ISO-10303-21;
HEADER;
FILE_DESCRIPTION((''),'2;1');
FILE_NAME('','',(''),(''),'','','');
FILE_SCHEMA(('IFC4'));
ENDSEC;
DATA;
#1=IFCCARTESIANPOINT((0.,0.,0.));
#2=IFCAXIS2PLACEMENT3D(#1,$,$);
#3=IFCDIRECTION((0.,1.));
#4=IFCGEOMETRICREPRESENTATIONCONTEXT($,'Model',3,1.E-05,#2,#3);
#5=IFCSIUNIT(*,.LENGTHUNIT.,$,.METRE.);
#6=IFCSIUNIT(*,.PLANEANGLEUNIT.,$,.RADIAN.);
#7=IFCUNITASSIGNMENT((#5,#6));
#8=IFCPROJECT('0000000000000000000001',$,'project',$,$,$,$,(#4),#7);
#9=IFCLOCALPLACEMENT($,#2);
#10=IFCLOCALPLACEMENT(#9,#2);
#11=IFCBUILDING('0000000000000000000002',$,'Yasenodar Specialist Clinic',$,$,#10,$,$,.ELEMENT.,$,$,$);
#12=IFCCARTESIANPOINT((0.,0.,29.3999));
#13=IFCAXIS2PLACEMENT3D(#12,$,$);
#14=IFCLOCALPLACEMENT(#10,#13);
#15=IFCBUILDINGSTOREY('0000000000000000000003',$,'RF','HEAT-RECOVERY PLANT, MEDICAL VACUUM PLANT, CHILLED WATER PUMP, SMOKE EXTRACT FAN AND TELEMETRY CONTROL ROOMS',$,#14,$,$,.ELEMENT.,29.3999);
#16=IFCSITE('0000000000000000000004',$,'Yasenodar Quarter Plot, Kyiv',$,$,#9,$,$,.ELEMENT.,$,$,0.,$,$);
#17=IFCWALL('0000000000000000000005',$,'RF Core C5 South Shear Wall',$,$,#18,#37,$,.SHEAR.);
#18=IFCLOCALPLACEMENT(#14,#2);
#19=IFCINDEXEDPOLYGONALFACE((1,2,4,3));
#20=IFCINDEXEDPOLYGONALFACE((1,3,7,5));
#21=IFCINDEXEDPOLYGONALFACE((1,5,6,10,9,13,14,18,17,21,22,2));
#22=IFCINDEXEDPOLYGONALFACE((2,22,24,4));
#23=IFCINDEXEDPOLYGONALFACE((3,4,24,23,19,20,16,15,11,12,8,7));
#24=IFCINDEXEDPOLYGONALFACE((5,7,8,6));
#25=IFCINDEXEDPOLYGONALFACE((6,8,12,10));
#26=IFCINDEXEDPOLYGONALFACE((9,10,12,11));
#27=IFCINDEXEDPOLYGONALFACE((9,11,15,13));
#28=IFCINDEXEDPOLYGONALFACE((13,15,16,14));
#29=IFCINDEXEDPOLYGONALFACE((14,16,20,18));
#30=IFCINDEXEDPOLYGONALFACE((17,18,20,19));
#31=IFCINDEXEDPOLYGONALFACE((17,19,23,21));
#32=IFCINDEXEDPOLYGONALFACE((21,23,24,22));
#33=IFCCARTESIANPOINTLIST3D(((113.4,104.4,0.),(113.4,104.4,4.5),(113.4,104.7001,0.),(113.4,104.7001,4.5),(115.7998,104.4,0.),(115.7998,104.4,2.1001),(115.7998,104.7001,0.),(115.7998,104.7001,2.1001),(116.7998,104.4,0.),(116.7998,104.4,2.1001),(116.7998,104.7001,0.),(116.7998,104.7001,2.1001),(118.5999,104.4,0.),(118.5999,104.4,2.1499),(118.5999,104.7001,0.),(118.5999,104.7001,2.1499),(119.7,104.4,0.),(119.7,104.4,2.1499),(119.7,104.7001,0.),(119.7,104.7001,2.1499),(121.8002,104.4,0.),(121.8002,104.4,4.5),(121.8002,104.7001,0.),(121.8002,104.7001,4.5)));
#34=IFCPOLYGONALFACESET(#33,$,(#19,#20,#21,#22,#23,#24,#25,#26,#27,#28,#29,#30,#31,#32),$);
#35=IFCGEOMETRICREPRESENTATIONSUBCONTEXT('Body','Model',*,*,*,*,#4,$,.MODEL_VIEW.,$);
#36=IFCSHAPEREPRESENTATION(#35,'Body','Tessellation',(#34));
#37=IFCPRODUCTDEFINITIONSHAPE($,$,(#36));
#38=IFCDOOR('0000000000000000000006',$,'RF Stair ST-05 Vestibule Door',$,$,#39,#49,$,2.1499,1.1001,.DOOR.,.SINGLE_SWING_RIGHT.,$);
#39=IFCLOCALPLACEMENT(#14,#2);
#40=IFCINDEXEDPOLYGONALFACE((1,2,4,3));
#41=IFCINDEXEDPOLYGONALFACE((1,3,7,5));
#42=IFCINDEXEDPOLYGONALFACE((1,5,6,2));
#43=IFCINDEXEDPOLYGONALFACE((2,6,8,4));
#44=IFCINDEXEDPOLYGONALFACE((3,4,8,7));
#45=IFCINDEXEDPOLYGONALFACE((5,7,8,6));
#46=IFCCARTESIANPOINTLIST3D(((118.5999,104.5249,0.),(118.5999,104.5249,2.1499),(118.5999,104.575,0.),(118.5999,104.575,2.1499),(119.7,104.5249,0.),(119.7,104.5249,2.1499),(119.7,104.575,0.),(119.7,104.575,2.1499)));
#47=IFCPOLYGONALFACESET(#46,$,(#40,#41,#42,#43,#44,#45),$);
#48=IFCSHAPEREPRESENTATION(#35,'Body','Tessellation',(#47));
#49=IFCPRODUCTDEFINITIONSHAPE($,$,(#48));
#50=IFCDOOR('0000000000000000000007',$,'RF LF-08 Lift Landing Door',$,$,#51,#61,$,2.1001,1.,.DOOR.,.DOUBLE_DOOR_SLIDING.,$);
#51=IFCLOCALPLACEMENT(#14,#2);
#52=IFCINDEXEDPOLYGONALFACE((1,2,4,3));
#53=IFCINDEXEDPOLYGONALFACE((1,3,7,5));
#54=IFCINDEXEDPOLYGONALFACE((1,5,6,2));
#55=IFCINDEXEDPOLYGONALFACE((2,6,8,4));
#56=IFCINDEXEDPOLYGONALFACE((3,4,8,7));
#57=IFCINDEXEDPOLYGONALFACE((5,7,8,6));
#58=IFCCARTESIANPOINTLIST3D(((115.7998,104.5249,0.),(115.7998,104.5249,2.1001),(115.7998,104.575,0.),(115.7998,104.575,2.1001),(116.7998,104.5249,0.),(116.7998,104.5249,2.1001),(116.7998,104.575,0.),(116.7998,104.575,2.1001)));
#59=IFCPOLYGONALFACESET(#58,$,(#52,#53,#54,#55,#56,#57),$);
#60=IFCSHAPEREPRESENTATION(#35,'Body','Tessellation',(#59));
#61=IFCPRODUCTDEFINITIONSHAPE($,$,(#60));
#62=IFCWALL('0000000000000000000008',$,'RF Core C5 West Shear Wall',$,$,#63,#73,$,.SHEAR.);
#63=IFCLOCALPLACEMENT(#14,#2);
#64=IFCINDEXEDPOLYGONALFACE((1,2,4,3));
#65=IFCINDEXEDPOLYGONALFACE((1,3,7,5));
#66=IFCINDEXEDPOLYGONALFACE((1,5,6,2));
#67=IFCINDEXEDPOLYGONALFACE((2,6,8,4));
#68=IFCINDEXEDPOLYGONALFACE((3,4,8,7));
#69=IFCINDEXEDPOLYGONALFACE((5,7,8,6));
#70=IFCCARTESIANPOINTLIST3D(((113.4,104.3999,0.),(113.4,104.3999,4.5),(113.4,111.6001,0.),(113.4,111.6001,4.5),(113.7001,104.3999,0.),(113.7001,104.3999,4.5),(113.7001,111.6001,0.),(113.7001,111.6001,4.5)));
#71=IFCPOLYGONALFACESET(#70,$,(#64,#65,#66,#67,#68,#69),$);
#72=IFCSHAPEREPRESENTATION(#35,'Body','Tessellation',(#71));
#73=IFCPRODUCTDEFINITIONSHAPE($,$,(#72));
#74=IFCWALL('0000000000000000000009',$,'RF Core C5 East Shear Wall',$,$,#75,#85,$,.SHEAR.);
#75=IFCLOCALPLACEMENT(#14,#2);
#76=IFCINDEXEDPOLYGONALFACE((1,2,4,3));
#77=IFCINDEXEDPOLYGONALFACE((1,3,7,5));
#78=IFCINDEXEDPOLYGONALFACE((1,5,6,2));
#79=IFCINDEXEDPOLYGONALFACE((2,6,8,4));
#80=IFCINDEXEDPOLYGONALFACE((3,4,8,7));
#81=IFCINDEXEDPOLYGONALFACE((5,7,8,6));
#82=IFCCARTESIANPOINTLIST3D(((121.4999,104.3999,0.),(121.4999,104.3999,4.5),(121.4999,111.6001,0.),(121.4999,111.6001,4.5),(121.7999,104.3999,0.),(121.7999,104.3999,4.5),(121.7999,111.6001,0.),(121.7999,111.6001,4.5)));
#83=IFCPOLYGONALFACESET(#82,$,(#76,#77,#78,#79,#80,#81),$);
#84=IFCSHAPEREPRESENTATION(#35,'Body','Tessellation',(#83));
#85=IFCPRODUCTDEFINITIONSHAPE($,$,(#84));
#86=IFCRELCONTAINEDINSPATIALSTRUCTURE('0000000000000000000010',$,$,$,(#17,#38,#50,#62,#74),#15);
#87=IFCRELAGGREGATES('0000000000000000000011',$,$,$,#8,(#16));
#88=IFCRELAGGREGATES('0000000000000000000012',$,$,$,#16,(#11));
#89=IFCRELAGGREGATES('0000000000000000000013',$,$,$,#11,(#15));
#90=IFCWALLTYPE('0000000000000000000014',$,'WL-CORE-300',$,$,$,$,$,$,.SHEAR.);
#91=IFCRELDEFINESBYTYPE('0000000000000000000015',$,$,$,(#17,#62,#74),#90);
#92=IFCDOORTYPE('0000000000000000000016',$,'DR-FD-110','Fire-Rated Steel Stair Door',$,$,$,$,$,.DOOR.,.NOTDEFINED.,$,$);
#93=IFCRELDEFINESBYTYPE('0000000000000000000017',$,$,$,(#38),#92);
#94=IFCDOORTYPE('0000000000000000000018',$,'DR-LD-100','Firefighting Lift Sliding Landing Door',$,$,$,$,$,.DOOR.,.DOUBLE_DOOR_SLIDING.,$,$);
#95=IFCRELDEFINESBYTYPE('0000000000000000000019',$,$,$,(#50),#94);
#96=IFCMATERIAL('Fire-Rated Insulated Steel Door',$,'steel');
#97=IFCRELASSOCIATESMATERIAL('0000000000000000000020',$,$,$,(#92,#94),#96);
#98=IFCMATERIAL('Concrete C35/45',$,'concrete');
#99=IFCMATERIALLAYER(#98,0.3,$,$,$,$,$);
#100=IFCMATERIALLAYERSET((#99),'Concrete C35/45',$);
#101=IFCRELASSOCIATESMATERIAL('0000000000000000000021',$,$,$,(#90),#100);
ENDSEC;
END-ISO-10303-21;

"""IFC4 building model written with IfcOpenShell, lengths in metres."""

from ifc_helpers import new_model, si_unit, direction, frame, frame_2d, origin, place, context, subcontext, project, spatial, rectangle, extrude, material, layer, layer_set, type_object, element, fill, save


model = new_model("IFC4")

# Units and contexts
model_context = context("Model", 3, precision=1e-05, world=origin(), true_north=direction((0.0, 1.0)))
body_context = subcontext(model_context, "Body", "Model", "MODEL_VIEW")
ifc_project = project(units=[si_unit("LENGTHUNIT", "METRE"), si_unit("PLANEANGLEUNIT", "RADIAN")], contexts=[model_context])

# Site, building, storey
site_placement = place(None, origin())
site = spatial("IfcSite", under=ifc_project, at=site_placement, Name="Yasenodar Quarter Plot, Kyiv", CompositionType="ELEMENT", RefElevation=0.0)
building_placement = place(site_placement, origin())
building = spatial("IfcBuilding", under=site, at=building_placement, Name="Yasenodar Specialist Clinic", CompositionType="ELEMENT")
storey_placement = place(building_placement, frame((0.0, 0.0, 29.3999)))
storey = spatial("IfcBuildingStorey", under=building, at=storey_placement, Name="RF", Description="HEAT-RECOVERY PLANT, MEDICAL VACUUM PLANT, CHILLED WATER PUMP, SMOKE EXTRACT FAN AND TELEMETRY CONTROL ROOMS", CompositionType="ELEMENT", Elevation=29.3999)

# Shared definitions
ifc_material_1 = material(Name="Concrete C35/45", Category="concrete")

# Shared definitions
ifc_material_2 = material(Name="Fire-Rated Insulated Steel Door", Category="steel")
door_type_1 = type_object("IfcDoorType", Name="DR-FD-110", Description="Fire-Rated Steel Stair Door", OperationType="NOTDEFINED", PredefinedType="DOOR", material=ifc_material_2)

# Shared definitions
ifc_layer_1 = layer(ifc_material_1, 0.3)
ifc_layer_set_1 = layer_set([ifc_layer_1], Name="Concrete C35/45")
wall_type_1 = type_object("IfcWallType", Name="WL-CORE-300", PredefinedType="SHEAR", material=ifc_layer_set_1)

# Wall, openings, doors
wall_1_placement = place(storey_placement, frame((113.3999, 104.55, 0.0), z_axis=(0.0, 0.0, 1.0), x_axis=(1.0, 0.0, 0.0)))
wall_1 = element("IfcWall", 1, at=wall_1_placement, inside=storey, type_object=wall_type_1, Name="RF Core C5 South Shear Wall", PredefinedType="SHEAR", context=body_context, shape_type="SweptSolid", body=[
    extrude(rectangle(XDim=8.4001, YDim=0.3, at=frame_2d((4.2002, 0.0))), origin(), (0.0, 0.0, 1.0), 4.5),
])
opening_1_placement = place(wall_1_placement, frame((5.2, 0.0, 0.0)))
opening_1 = element("IfcOpeningElement", 2, at=opening_1_placement, cuts=wall_1, PredefinedType="OPENING", context=body_context, shape_type="SweptSolid", body=[
    extrude(rectangle(XDim=1.1001, YDim=2.1499, at=frame_2d((0.55, 1.075))), frame((0.0, 0.1602, 0.0), z_axis=(0.0, -1.0, 0.0), x_axis=(1.0, 0.0, 0.0)), (0.0, 0.0, 1.0), 0.3201),
])
opening_2_placement = place(wall_1_placement, frame((2.3999, 0.0, 0.0)))
opening_2 = element("IfcOpeningElement", 3, at=opening_2_placement, cuts=wall_1, PredefinedType="OPENING", context=body_context, shape_type="SweptSolid", body=[
    extrude(rectangle(XDim=1.0, YDim=2.1001, at=frame_2d((0.5, 1.05))), frame((0.0, 0.1602, 0.0), z_axis=(0.0, -1.0, 0.0), x_axis=(1.0, 0.0, 0.0)), (0.0, 0.0, 1.0), 0.3201),
])
door_1_placement = place(opening_1_placement, origin())
door_1 = element("IfcDoor", 4, at=door_1_placement, inside=storey, type_object=door_type_1, Name="RF Stair ST-05 Vestibule Door", OperationType="SINGLE_SWING_RIGHT", OverallHeight=2.1499, OverallWidth=1.1001, PredefinedType="DOOR", context=body_context, shape_type="SweptSolid", body=[
    extrude(rectangle(XDim=1.1001, YDim=2.1499, at=frame_2d((0.55, 1.075))), frame((0.0, 0.0249, 0.0), z_axis=(0.0, -1.0, 0.0), x_axis=(1.0, 0.0, 0.0)), (0.0, 0.0, 1.0), 0.05),
])
fill(opening_1, door_1)
door_type_2 = type_object("IfcDoorType", Name="DR-LD-100", Description="Firefighting Lift Sliding Landing Door", OperationType="DOUBLE_DOOR_SLIDING", PredefinedType="DOOR", material=ifc_material_2)
door_2_placement = place(opening_2_placement, origin())
door_2 = element("IfcDoor", 5, at=door_2_placement, inside=storey, type_object=door_type_2, Name="RF LF-08 Lift Landing Door", OperationType="DOUBLE_DOOR_SLIDING", OverallHeight=2.1001, OverallWidth=1.0, PredefinedType="DOOR", context=body_context, shape_type="SweptSolid", body=[
    extrude(rectangle(XDim=1.0, YDim=2.1001, at=frame_2d((0.5, 1.05))), frame((0.0, 0.0249, 0.0), z_axis=(0.0, -1.0, 0.0), x_axis=(1.0, 0.0, 0.0)), (0.0, 0.0, 1.0), 0.05),
])
fill(opening_2, door_2)

# Walls
for number, where, z_axis, x_axis, name in (
    (6, (113.55, 104.3999, 0.0), (0.0, 0.0, 1.0), (0.0, 1.0, 0.0), "RF Core C5 West Shear Wall"),
    (7, (121.6499, 111.6001, 0.0), (0.0, 0.0, 1.0), (0.0, -1.0, 0.0), "RF Core C5 East Shear Wall"),
):
    element("IfcWall", number, at=place(storey_placement, frame(where, z_axis=z_axis, x_axis=x_axis)), inside=storey, type_object=wall_type_1, Name=name, PredefinedType="SHEAR", context=body_context, shape_type="SweptSolid", body=[
        extrude(rectangle(XDim=7.2002, YDim=0.3, at=frame_2d((3.6001, 0.0))), origin(), (0.0, 0.0, 1.0), 4.5),
    ])

save(model, "model.ifc")
